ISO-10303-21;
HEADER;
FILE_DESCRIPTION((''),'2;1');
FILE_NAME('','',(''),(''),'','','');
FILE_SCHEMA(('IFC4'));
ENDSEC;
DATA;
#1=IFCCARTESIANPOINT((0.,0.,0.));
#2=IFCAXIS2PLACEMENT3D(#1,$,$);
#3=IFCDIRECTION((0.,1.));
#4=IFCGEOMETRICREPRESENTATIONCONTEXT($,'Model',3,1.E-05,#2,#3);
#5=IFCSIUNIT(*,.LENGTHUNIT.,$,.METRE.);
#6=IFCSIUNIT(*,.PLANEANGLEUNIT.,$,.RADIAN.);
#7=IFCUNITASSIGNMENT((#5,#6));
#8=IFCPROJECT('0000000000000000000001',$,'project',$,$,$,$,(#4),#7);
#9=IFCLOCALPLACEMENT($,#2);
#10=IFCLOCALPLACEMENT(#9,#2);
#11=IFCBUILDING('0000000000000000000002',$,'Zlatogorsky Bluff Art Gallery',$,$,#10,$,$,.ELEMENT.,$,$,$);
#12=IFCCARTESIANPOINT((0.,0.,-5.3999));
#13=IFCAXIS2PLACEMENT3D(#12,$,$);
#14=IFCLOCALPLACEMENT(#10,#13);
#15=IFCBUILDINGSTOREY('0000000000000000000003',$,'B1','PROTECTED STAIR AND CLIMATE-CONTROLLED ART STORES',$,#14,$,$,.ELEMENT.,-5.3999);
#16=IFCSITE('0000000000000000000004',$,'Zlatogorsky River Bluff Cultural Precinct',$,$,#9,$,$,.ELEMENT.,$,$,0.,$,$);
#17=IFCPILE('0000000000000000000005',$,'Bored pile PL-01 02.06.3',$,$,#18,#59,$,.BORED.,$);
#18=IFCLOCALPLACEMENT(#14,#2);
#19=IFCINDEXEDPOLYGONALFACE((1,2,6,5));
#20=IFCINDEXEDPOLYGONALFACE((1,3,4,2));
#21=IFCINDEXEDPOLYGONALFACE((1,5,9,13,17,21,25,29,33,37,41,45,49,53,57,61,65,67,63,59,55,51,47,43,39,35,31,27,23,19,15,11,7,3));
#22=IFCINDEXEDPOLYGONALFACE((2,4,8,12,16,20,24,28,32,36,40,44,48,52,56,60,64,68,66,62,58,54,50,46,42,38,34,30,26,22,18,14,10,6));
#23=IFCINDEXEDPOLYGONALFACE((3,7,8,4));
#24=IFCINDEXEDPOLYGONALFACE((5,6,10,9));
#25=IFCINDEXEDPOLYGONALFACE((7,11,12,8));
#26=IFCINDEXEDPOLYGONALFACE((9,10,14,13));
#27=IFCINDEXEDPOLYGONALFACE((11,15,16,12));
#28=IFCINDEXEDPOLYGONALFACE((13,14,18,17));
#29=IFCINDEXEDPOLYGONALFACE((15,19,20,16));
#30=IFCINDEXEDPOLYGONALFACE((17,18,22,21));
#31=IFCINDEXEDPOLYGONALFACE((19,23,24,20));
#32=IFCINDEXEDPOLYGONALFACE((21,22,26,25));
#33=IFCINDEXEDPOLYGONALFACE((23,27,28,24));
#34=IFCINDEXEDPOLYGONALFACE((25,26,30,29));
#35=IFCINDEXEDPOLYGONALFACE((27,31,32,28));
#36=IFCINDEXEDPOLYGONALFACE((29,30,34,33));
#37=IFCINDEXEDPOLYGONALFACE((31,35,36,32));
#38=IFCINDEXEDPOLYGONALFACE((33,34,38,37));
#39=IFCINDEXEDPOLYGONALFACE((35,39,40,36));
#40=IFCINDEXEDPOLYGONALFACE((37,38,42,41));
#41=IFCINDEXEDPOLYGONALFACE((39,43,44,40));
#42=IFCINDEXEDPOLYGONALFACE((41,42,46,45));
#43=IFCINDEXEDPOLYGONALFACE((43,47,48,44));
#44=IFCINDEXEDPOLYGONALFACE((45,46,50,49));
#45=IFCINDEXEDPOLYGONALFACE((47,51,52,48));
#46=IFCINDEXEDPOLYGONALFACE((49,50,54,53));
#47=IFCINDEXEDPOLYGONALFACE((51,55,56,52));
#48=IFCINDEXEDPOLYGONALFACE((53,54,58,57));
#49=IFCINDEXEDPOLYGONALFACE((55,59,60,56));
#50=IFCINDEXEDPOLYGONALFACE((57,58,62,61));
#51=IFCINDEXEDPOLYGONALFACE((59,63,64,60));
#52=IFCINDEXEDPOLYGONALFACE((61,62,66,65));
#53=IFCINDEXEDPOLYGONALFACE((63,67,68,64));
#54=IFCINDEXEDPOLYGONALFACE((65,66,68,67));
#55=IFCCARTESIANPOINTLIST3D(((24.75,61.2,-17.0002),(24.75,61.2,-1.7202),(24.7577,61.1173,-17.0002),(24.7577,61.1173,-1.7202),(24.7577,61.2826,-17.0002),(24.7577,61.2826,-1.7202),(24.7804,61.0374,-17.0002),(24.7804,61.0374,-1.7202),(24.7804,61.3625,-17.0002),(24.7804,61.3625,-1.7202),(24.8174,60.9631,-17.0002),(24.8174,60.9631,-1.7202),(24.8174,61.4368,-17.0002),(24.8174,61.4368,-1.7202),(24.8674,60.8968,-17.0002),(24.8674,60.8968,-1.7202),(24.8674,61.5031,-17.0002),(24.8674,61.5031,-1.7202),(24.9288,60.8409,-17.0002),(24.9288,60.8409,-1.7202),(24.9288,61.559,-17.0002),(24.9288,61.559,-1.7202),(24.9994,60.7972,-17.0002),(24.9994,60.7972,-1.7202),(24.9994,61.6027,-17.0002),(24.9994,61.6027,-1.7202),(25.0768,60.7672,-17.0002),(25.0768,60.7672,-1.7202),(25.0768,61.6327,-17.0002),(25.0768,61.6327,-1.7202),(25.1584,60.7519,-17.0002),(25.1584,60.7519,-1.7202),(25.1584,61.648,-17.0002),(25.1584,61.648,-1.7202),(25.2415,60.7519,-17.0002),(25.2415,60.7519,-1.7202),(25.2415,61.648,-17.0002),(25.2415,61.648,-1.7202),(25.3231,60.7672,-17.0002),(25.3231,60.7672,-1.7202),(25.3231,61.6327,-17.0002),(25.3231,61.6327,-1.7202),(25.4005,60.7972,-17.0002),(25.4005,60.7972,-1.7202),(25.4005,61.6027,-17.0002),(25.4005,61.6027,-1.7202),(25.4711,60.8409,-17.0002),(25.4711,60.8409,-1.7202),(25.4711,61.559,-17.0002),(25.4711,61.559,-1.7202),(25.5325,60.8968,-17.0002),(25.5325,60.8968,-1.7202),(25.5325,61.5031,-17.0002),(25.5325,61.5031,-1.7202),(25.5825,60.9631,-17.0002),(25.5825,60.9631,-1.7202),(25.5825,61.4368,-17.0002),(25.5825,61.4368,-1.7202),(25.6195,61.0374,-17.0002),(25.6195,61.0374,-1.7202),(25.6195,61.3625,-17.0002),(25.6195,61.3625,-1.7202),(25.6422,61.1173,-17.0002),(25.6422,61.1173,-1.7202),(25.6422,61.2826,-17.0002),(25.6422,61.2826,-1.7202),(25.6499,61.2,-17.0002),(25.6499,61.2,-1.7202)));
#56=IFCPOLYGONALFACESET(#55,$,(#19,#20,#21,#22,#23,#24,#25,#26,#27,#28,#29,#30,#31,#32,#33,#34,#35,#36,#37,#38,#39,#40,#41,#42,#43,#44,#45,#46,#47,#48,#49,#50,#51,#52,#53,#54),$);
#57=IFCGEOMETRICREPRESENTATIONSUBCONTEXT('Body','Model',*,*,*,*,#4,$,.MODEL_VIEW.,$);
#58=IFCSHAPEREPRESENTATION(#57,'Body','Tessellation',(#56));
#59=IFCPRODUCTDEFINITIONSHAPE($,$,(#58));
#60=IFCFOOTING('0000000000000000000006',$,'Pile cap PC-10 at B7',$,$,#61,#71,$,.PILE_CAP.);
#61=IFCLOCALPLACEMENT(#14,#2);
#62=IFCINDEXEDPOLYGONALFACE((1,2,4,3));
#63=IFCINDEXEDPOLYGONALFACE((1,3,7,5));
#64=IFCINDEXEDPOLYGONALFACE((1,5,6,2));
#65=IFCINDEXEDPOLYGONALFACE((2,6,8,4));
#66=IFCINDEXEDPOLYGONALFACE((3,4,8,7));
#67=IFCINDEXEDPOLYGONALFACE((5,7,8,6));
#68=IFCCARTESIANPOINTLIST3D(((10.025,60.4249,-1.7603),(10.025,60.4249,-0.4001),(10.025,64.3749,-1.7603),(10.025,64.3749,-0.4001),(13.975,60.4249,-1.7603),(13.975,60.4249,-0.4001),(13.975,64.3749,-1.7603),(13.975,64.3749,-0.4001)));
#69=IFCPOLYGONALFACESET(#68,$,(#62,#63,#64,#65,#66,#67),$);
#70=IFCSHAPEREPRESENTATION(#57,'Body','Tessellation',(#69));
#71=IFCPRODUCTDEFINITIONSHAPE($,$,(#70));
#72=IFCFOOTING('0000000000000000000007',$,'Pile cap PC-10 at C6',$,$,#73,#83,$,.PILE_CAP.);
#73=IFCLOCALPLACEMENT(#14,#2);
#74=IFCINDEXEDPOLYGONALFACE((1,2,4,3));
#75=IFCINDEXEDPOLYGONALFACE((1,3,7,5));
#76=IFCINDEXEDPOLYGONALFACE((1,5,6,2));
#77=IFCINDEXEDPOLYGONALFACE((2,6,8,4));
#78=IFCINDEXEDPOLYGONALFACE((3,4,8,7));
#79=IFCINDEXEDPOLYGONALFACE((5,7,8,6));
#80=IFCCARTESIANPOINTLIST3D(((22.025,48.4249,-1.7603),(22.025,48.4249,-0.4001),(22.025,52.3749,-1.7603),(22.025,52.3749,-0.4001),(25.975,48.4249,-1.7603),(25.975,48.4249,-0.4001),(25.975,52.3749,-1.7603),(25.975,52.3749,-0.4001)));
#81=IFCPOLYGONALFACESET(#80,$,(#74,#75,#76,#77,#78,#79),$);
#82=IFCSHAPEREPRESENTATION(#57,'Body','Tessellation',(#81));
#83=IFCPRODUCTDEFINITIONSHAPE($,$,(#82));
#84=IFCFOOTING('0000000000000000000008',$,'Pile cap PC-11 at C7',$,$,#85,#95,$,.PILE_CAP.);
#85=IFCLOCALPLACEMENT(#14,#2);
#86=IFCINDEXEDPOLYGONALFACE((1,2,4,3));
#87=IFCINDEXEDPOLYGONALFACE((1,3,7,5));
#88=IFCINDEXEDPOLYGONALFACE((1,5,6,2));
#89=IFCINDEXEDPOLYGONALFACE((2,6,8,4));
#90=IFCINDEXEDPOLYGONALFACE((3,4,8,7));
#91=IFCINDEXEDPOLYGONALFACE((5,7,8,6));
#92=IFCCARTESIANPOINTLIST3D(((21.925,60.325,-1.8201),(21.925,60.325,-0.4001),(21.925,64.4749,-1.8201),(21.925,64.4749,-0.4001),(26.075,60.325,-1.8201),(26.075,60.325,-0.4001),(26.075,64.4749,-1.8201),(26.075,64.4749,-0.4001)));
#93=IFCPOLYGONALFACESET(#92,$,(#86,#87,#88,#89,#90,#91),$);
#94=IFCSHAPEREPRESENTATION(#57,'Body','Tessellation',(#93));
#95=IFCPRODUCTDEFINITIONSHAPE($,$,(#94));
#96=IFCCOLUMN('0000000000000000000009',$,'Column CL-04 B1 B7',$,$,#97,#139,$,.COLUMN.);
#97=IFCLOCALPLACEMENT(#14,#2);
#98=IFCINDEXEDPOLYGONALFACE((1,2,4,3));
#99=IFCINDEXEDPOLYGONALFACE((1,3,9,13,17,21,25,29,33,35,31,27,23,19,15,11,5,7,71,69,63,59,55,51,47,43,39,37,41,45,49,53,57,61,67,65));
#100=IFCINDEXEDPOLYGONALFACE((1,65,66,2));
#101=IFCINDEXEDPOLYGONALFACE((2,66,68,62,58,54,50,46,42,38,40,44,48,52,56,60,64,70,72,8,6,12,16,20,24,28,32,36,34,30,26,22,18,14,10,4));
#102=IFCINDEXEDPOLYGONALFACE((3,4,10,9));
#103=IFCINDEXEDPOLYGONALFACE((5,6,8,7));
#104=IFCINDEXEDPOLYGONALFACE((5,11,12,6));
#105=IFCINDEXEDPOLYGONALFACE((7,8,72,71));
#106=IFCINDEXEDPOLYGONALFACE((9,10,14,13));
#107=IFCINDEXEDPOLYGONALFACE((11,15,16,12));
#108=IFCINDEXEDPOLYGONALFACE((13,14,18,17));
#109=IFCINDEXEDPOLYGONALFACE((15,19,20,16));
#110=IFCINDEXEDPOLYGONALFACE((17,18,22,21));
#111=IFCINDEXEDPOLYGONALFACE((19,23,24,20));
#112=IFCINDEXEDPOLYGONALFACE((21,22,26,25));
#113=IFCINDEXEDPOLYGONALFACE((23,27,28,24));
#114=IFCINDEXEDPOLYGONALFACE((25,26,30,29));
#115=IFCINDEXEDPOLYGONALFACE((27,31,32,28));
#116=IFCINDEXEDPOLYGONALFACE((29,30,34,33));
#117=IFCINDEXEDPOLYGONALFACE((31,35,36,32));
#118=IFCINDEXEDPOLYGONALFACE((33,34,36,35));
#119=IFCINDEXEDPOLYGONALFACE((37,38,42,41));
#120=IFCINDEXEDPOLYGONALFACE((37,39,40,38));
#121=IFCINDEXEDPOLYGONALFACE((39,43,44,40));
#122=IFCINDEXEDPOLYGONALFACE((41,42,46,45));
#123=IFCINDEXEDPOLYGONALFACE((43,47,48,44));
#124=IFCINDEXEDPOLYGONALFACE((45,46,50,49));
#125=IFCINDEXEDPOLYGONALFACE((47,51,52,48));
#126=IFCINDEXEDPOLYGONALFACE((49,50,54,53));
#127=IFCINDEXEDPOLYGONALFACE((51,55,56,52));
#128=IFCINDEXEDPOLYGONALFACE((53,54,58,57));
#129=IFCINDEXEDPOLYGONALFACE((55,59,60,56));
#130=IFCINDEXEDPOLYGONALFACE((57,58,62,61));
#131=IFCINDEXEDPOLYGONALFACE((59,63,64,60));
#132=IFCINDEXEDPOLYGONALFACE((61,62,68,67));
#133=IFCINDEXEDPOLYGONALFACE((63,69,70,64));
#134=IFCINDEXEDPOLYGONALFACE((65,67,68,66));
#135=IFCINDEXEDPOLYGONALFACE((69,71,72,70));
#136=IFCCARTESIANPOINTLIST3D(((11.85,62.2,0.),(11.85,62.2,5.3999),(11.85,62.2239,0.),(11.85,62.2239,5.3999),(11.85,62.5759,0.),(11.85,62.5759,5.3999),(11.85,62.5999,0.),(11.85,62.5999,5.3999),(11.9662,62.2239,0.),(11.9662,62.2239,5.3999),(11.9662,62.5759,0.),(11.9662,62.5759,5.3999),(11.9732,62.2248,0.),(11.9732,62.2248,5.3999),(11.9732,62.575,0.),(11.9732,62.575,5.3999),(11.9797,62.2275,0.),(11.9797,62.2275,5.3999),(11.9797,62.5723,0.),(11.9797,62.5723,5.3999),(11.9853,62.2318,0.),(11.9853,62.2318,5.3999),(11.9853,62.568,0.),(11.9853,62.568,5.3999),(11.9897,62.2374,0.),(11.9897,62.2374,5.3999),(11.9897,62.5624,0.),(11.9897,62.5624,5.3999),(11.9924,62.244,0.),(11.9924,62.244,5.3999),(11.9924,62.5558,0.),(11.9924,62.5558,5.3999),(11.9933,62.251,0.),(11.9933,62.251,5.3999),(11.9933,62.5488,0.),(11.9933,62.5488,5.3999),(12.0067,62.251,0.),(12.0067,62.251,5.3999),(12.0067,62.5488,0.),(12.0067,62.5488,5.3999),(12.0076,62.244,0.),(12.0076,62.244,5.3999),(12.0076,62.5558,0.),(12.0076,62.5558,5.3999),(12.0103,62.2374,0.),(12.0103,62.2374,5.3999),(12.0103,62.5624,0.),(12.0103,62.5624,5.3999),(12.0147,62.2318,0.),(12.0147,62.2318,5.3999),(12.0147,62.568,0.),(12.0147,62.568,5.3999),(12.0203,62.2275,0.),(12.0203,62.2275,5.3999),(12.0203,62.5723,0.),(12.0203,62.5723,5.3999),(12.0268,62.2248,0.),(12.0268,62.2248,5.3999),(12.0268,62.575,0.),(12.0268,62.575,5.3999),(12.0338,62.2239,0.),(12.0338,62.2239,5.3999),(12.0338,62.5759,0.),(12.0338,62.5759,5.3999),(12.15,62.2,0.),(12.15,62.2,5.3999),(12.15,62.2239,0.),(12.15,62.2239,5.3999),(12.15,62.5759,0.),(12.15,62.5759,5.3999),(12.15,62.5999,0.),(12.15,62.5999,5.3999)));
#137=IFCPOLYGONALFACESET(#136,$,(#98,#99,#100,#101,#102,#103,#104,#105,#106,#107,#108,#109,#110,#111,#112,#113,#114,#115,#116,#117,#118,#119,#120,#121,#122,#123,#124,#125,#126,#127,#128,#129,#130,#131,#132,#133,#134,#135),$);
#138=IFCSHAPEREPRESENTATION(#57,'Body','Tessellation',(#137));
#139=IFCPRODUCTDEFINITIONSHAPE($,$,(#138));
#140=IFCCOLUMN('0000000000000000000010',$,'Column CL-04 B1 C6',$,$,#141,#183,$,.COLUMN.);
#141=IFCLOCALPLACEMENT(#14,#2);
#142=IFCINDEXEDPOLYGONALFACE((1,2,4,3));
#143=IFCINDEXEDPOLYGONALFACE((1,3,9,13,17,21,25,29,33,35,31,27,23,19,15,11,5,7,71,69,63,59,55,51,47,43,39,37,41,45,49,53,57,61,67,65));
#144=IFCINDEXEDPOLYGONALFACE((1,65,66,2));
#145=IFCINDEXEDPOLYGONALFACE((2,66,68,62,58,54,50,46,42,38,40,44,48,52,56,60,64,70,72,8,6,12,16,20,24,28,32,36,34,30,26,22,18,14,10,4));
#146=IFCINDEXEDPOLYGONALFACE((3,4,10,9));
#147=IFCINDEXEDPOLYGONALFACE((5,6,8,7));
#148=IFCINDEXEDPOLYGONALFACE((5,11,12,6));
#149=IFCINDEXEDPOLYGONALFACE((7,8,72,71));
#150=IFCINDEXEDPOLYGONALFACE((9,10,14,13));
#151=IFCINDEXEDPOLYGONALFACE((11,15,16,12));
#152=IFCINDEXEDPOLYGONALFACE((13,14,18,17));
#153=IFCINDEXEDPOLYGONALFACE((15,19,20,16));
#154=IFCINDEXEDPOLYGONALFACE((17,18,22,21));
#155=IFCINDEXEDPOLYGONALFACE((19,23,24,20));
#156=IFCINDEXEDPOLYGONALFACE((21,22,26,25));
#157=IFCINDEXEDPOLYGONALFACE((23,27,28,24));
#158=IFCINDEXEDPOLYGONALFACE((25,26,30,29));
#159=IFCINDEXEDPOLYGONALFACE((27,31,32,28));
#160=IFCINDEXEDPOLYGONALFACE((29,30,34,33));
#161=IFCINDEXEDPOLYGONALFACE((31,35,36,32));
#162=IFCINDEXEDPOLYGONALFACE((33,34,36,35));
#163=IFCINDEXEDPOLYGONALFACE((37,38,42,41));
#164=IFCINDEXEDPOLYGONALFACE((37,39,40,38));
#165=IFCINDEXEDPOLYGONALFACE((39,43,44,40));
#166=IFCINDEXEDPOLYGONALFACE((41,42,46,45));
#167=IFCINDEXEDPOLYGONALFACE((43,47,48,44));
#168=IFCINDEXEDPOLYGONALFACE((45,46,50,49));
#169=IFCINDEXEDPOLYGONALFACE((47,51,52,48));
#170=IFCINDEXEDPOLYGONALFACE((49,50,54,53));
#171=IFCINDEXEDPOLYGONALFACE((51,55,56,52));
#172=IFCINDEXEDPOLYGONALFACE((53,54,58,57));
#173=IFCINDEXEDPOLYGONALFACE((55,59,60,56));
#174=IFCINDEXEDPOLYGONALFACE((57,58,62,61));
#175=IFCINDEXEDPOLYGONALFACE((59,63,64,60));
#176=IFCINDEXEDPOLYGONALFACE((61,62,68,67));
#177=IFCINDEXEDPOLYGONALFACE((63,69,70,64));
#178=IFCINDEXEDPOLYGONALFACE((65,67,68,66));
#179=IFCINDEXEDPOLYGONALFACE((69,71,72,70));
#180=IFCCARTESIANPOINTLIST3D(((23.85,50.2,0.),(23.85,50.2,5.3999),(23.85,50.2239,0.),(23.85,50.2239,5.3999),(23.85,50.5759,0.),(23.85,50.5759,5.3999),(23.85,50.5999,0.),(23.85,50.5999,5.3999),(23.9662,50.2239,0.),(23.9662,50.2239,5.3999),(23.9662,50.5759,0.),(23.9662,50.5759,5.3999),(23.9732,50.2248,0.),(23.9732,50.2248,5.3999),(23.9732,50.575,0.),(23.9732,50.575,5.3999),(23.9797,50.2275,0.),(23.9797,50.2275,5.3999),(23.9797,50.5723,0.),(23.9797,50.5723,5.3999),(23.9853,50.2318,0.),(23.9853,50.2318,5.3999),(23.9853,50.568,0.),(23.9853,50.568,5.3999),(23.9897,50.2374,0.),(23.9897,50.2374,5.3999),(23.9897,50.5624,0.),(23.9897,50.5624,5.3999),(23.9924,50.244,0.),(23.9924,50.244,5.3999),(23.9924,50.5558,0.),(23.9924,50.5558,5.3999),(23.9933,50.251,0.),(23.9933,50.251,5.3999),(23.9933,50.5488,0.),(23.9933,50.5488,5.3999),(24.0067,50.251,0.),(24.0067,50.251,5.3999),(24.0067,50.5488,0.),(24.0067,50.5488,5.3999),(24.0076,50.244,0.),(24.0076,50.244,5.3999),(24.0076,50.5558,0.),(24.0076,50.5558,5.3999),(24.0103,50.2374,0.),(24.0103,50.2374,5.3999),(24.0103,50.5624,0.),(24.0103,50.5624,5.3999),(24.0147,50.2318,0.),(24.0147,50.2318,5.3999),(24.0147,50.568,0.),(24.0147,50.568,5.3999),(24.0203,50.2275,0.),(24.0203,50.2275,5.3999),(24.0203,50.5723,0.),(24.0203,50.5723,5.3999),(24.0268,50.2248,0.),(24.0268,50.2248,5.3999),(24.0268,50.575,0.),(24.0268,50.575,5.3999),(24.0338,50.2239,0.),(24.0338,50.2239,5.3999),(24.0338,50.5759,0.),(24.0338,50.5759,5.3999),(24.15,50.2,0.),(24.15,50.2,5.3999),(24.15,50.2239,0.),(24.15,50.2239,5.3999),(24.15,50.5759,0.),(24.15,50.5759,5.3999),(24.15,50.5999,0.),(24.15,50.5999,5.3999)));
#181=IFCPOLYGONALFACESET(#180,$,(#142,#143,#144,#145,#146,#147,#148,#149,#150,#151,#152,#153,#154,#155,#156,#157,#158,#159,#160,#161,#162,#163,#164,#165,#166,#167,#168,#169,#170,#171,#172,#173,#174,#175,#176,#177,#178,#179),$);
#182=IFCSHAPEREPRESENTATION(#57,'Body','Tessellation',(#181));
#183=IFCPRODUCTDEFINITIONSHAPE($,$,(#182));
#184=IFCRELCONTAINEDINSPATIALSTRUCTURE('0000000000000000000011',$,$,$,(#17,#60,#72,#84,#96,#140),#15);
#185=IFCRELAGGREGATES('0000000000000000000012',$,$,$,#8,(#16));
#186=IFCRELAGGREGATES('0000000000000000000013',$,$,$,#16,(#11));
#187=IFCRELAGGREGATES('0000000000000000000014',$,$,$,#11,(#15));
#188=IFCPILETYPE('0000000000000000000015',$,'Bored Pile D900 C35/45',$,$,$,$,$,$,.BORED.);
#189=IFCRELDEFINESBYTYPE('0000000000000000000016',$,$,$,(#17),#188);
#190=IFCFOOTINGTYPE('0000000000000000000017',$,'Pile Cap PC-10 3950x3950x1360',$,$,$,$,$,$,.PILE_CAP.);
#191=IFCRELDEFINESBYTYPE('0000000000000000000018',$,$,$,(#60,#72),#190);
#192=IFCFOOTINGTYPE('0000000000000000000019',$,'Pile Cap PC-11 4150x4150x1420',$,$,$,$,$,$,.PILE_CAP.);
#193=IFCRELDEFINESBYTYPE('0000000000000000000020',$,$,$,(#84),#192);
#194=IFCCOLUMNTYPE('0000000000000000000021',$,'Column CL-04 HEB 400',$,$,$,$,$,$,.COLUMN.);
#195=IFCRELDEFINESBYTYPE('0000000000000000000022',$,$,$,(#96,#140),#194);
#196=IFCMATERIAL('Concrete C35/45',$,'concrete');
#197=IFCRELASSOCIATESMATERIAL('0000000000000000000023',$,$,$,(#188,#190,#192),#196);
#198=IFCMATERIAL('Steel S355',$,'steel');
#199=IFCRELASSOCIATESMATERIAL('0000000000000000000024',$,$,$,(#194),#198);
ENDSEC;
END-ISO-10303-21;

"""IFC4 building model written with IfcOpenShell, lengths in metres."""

from ifc_helpers import new_model, si_unit, direction, frame, origin, origin_2d, place, context, subcontext, project, spatial, rectangle, circle, i_section, extrude, material, material_profile, profile_set, type_object, element, save


model = new_model("IFC4")

# Units and contexts
model_context = context("Model", 3, precision=1e-05, world=origin(), true_north=direction((0.0, 1.0)))
body_context = subcontext(model_context, "Body", "Model", "MODEL_VIEW")
ifc_project = project(units=[si_unit("LENGTHUNIT", "METRE"), si_unit("PLANEANGLEUNIT", "RADIAN")], contexts=[model_context])

# Site, building, storey
site_placement = place(None, origin())
site = spatial("IfcSite", under=ifc_project, at=site_placement, Name="Zlatogorsky River Bluff Cultural Precinct", CompositionType="ELEMENT", RefElevation=0.0)
building_placement = place(site_placement, origin())
building = spatial("IfcBuilding", under=site, at=building_placement, Name="Zlatogorsky Bluff Art Gallery", CompositionType="ELEMENT")
storey_placement = place(building_placement, frame((0.0, 0.0, -5.3999)))
storey = spatial("IfcBuildingStorey", under=building, at=storey_placement, Name="B1", Description="PROTECTED STAIR AND CLIMATE-CONTROLLED ART STORES", CompositionType="ELEMENT", Elevation=-5.3999)

# Pile
ifc_material_1 = material(Name="Concrete C35/45", Category="concrete")
ifc_material_profile_1 = material_profile(ifc_material_1, circle(Radius=0.45, at=origin_2d()), Name="BORED PILE D900")
ifc_profile_set_1 = profile_set([ifc_material_profile_1], Name="Concrete C35/45")
pile_type = type_object("IfcPileType", Name="Bored Pile D900 C35/45", PredefinedType="BORED", material=ifc_profile_set_1)
for number, where, z_axis, x_axis, name in (
    (1, (25.2, 61.2, -1.7202), (0.0, 0.0, -1.0), (1.0, 0.0, 0.0), "Bored pile PL-01 02.06.3"),
):
    element("IfcPile", number, at=place(storey_placement, frame(where, z_axis=z_axis, x_axis=x_axis)), inside=storey, type_object=pile_type, Name=name, PredefinedType="BORED", context=body_context, shape_type="SweptSolid", body=[
        extrude(circle(Radius=0.45, at=origin_2d()), origin(), (0.0, 0.0, 1.0), 15.28),
    ])

# Footings
footing_type_1 = type_object("IfcFootingType", Name="Pile Cap PC-10 3950x3950x1360", PredefinedType="PILE_CAP", material=ifc_material_1)
for number, where, z_axis, x_axis, name in (
    (2, (12.0, 62.3999, -1.7603), (0.0, 0.0, 1.0), (1.0, 0.0, 0.0), "Pile cap PC-10 at B7"),
    (3, (24.0, 50.3999, -1.7603), (0.0, 0.0, 1.0), (1.0, 0.0, 0.0), "Pile cap PC-10 at C6"),
):
    element("IfcFooting", number, at=place(storey_placement, frame(where, z_axis=z_axis, x_axis=x_axis)), inside=storey, type_object=footing_type_1, Name=name, PredefinedType="PILE_CAP", context=body_context, shape_type="SweptSolid", body=[
        extrude(rectangle(XDim=3.95, YDim=3.95, at=origin_2d()), origin(), (0.0, 0.0, 1.0), 1.3601),
    ])
footing_type_2 = type_object("IfcFootingType", Name="Pile Cap PC-11 4150x4150x1420", PredefinedType="PILE_CAP", material=ifc_material_1)
footing_placement = place(storey_placement, frame((24.0, 62.3999, -1.8201), z_axis=(0.0, 0.0, 1.0), x_axis=(1.0, 0.0, 0.0)))
element("IfcFooting", 4, at=footing_placement, inside=storey, type_object=footing_type_2, Name="Pile cap PC-11 at C7", PredefinedType="PILE_CAP", context=body_context, shape_type="SweptSolid", body=[
    extrude(rectangle(XDim=4.1499, YDim=4.1499, at=origin_2d()), origin(), (0.0, 0.0, 1.0), 1.4199),
])

# Columns
ifc_material_2 = material(Name="Steel S355", Category="steel")
ifc_material_profile_2 = material_profile(ifc_material_2, i_section(OverallWidth=0.3, OverallDepth=0.3999, WebThickness=0.0134, FlangeThickness=0.0239, FilletRadius=0.0271, at=origin_2d()), Name="HEB 400")
ifc_profile_set_2 = profile_set([ifc_material_profile_2], Name="Steel S355")
column_type = type_object("IfcColumnType", Name="Column CL-04 HEB 400", PredefinedType="COLUMN", material=ifc_profile_set_2)
for number, where, z_axis, x_axis, name in (
    (5, (12.0, 62.3999, 0.0), (0.0, 0.0, 1.0), (1.0, 0.0, 0.0), "Column CL-04 B1 B7"),
    (6, (24.0, 50.3999, 0.0), (0.0, 0.0, 1.0), (1.0, 0.0, 0.0), "Column CL-04 B1 C6"),
):
    element("IfcColumn", number, at=place(storey_placement, frame(where, z_axis=z_axis, x_axis=x_axis)), inside=storey, type_object=column_type, Name=name, PredefinedType="COLUMN", context=body_context, shape_type="SweptSolid", body=[
        extrude(i_section(OverallWidth=0.3, OverallDepth=0.3999, WebThickness=0.0134, FlangeThickness=0.0239, FilletRadius=0.0271, at=origin_2d()), origin(), (0.0, 0.0, 1.0), 5.3999),
    ])

save(model, "model.ifc")
